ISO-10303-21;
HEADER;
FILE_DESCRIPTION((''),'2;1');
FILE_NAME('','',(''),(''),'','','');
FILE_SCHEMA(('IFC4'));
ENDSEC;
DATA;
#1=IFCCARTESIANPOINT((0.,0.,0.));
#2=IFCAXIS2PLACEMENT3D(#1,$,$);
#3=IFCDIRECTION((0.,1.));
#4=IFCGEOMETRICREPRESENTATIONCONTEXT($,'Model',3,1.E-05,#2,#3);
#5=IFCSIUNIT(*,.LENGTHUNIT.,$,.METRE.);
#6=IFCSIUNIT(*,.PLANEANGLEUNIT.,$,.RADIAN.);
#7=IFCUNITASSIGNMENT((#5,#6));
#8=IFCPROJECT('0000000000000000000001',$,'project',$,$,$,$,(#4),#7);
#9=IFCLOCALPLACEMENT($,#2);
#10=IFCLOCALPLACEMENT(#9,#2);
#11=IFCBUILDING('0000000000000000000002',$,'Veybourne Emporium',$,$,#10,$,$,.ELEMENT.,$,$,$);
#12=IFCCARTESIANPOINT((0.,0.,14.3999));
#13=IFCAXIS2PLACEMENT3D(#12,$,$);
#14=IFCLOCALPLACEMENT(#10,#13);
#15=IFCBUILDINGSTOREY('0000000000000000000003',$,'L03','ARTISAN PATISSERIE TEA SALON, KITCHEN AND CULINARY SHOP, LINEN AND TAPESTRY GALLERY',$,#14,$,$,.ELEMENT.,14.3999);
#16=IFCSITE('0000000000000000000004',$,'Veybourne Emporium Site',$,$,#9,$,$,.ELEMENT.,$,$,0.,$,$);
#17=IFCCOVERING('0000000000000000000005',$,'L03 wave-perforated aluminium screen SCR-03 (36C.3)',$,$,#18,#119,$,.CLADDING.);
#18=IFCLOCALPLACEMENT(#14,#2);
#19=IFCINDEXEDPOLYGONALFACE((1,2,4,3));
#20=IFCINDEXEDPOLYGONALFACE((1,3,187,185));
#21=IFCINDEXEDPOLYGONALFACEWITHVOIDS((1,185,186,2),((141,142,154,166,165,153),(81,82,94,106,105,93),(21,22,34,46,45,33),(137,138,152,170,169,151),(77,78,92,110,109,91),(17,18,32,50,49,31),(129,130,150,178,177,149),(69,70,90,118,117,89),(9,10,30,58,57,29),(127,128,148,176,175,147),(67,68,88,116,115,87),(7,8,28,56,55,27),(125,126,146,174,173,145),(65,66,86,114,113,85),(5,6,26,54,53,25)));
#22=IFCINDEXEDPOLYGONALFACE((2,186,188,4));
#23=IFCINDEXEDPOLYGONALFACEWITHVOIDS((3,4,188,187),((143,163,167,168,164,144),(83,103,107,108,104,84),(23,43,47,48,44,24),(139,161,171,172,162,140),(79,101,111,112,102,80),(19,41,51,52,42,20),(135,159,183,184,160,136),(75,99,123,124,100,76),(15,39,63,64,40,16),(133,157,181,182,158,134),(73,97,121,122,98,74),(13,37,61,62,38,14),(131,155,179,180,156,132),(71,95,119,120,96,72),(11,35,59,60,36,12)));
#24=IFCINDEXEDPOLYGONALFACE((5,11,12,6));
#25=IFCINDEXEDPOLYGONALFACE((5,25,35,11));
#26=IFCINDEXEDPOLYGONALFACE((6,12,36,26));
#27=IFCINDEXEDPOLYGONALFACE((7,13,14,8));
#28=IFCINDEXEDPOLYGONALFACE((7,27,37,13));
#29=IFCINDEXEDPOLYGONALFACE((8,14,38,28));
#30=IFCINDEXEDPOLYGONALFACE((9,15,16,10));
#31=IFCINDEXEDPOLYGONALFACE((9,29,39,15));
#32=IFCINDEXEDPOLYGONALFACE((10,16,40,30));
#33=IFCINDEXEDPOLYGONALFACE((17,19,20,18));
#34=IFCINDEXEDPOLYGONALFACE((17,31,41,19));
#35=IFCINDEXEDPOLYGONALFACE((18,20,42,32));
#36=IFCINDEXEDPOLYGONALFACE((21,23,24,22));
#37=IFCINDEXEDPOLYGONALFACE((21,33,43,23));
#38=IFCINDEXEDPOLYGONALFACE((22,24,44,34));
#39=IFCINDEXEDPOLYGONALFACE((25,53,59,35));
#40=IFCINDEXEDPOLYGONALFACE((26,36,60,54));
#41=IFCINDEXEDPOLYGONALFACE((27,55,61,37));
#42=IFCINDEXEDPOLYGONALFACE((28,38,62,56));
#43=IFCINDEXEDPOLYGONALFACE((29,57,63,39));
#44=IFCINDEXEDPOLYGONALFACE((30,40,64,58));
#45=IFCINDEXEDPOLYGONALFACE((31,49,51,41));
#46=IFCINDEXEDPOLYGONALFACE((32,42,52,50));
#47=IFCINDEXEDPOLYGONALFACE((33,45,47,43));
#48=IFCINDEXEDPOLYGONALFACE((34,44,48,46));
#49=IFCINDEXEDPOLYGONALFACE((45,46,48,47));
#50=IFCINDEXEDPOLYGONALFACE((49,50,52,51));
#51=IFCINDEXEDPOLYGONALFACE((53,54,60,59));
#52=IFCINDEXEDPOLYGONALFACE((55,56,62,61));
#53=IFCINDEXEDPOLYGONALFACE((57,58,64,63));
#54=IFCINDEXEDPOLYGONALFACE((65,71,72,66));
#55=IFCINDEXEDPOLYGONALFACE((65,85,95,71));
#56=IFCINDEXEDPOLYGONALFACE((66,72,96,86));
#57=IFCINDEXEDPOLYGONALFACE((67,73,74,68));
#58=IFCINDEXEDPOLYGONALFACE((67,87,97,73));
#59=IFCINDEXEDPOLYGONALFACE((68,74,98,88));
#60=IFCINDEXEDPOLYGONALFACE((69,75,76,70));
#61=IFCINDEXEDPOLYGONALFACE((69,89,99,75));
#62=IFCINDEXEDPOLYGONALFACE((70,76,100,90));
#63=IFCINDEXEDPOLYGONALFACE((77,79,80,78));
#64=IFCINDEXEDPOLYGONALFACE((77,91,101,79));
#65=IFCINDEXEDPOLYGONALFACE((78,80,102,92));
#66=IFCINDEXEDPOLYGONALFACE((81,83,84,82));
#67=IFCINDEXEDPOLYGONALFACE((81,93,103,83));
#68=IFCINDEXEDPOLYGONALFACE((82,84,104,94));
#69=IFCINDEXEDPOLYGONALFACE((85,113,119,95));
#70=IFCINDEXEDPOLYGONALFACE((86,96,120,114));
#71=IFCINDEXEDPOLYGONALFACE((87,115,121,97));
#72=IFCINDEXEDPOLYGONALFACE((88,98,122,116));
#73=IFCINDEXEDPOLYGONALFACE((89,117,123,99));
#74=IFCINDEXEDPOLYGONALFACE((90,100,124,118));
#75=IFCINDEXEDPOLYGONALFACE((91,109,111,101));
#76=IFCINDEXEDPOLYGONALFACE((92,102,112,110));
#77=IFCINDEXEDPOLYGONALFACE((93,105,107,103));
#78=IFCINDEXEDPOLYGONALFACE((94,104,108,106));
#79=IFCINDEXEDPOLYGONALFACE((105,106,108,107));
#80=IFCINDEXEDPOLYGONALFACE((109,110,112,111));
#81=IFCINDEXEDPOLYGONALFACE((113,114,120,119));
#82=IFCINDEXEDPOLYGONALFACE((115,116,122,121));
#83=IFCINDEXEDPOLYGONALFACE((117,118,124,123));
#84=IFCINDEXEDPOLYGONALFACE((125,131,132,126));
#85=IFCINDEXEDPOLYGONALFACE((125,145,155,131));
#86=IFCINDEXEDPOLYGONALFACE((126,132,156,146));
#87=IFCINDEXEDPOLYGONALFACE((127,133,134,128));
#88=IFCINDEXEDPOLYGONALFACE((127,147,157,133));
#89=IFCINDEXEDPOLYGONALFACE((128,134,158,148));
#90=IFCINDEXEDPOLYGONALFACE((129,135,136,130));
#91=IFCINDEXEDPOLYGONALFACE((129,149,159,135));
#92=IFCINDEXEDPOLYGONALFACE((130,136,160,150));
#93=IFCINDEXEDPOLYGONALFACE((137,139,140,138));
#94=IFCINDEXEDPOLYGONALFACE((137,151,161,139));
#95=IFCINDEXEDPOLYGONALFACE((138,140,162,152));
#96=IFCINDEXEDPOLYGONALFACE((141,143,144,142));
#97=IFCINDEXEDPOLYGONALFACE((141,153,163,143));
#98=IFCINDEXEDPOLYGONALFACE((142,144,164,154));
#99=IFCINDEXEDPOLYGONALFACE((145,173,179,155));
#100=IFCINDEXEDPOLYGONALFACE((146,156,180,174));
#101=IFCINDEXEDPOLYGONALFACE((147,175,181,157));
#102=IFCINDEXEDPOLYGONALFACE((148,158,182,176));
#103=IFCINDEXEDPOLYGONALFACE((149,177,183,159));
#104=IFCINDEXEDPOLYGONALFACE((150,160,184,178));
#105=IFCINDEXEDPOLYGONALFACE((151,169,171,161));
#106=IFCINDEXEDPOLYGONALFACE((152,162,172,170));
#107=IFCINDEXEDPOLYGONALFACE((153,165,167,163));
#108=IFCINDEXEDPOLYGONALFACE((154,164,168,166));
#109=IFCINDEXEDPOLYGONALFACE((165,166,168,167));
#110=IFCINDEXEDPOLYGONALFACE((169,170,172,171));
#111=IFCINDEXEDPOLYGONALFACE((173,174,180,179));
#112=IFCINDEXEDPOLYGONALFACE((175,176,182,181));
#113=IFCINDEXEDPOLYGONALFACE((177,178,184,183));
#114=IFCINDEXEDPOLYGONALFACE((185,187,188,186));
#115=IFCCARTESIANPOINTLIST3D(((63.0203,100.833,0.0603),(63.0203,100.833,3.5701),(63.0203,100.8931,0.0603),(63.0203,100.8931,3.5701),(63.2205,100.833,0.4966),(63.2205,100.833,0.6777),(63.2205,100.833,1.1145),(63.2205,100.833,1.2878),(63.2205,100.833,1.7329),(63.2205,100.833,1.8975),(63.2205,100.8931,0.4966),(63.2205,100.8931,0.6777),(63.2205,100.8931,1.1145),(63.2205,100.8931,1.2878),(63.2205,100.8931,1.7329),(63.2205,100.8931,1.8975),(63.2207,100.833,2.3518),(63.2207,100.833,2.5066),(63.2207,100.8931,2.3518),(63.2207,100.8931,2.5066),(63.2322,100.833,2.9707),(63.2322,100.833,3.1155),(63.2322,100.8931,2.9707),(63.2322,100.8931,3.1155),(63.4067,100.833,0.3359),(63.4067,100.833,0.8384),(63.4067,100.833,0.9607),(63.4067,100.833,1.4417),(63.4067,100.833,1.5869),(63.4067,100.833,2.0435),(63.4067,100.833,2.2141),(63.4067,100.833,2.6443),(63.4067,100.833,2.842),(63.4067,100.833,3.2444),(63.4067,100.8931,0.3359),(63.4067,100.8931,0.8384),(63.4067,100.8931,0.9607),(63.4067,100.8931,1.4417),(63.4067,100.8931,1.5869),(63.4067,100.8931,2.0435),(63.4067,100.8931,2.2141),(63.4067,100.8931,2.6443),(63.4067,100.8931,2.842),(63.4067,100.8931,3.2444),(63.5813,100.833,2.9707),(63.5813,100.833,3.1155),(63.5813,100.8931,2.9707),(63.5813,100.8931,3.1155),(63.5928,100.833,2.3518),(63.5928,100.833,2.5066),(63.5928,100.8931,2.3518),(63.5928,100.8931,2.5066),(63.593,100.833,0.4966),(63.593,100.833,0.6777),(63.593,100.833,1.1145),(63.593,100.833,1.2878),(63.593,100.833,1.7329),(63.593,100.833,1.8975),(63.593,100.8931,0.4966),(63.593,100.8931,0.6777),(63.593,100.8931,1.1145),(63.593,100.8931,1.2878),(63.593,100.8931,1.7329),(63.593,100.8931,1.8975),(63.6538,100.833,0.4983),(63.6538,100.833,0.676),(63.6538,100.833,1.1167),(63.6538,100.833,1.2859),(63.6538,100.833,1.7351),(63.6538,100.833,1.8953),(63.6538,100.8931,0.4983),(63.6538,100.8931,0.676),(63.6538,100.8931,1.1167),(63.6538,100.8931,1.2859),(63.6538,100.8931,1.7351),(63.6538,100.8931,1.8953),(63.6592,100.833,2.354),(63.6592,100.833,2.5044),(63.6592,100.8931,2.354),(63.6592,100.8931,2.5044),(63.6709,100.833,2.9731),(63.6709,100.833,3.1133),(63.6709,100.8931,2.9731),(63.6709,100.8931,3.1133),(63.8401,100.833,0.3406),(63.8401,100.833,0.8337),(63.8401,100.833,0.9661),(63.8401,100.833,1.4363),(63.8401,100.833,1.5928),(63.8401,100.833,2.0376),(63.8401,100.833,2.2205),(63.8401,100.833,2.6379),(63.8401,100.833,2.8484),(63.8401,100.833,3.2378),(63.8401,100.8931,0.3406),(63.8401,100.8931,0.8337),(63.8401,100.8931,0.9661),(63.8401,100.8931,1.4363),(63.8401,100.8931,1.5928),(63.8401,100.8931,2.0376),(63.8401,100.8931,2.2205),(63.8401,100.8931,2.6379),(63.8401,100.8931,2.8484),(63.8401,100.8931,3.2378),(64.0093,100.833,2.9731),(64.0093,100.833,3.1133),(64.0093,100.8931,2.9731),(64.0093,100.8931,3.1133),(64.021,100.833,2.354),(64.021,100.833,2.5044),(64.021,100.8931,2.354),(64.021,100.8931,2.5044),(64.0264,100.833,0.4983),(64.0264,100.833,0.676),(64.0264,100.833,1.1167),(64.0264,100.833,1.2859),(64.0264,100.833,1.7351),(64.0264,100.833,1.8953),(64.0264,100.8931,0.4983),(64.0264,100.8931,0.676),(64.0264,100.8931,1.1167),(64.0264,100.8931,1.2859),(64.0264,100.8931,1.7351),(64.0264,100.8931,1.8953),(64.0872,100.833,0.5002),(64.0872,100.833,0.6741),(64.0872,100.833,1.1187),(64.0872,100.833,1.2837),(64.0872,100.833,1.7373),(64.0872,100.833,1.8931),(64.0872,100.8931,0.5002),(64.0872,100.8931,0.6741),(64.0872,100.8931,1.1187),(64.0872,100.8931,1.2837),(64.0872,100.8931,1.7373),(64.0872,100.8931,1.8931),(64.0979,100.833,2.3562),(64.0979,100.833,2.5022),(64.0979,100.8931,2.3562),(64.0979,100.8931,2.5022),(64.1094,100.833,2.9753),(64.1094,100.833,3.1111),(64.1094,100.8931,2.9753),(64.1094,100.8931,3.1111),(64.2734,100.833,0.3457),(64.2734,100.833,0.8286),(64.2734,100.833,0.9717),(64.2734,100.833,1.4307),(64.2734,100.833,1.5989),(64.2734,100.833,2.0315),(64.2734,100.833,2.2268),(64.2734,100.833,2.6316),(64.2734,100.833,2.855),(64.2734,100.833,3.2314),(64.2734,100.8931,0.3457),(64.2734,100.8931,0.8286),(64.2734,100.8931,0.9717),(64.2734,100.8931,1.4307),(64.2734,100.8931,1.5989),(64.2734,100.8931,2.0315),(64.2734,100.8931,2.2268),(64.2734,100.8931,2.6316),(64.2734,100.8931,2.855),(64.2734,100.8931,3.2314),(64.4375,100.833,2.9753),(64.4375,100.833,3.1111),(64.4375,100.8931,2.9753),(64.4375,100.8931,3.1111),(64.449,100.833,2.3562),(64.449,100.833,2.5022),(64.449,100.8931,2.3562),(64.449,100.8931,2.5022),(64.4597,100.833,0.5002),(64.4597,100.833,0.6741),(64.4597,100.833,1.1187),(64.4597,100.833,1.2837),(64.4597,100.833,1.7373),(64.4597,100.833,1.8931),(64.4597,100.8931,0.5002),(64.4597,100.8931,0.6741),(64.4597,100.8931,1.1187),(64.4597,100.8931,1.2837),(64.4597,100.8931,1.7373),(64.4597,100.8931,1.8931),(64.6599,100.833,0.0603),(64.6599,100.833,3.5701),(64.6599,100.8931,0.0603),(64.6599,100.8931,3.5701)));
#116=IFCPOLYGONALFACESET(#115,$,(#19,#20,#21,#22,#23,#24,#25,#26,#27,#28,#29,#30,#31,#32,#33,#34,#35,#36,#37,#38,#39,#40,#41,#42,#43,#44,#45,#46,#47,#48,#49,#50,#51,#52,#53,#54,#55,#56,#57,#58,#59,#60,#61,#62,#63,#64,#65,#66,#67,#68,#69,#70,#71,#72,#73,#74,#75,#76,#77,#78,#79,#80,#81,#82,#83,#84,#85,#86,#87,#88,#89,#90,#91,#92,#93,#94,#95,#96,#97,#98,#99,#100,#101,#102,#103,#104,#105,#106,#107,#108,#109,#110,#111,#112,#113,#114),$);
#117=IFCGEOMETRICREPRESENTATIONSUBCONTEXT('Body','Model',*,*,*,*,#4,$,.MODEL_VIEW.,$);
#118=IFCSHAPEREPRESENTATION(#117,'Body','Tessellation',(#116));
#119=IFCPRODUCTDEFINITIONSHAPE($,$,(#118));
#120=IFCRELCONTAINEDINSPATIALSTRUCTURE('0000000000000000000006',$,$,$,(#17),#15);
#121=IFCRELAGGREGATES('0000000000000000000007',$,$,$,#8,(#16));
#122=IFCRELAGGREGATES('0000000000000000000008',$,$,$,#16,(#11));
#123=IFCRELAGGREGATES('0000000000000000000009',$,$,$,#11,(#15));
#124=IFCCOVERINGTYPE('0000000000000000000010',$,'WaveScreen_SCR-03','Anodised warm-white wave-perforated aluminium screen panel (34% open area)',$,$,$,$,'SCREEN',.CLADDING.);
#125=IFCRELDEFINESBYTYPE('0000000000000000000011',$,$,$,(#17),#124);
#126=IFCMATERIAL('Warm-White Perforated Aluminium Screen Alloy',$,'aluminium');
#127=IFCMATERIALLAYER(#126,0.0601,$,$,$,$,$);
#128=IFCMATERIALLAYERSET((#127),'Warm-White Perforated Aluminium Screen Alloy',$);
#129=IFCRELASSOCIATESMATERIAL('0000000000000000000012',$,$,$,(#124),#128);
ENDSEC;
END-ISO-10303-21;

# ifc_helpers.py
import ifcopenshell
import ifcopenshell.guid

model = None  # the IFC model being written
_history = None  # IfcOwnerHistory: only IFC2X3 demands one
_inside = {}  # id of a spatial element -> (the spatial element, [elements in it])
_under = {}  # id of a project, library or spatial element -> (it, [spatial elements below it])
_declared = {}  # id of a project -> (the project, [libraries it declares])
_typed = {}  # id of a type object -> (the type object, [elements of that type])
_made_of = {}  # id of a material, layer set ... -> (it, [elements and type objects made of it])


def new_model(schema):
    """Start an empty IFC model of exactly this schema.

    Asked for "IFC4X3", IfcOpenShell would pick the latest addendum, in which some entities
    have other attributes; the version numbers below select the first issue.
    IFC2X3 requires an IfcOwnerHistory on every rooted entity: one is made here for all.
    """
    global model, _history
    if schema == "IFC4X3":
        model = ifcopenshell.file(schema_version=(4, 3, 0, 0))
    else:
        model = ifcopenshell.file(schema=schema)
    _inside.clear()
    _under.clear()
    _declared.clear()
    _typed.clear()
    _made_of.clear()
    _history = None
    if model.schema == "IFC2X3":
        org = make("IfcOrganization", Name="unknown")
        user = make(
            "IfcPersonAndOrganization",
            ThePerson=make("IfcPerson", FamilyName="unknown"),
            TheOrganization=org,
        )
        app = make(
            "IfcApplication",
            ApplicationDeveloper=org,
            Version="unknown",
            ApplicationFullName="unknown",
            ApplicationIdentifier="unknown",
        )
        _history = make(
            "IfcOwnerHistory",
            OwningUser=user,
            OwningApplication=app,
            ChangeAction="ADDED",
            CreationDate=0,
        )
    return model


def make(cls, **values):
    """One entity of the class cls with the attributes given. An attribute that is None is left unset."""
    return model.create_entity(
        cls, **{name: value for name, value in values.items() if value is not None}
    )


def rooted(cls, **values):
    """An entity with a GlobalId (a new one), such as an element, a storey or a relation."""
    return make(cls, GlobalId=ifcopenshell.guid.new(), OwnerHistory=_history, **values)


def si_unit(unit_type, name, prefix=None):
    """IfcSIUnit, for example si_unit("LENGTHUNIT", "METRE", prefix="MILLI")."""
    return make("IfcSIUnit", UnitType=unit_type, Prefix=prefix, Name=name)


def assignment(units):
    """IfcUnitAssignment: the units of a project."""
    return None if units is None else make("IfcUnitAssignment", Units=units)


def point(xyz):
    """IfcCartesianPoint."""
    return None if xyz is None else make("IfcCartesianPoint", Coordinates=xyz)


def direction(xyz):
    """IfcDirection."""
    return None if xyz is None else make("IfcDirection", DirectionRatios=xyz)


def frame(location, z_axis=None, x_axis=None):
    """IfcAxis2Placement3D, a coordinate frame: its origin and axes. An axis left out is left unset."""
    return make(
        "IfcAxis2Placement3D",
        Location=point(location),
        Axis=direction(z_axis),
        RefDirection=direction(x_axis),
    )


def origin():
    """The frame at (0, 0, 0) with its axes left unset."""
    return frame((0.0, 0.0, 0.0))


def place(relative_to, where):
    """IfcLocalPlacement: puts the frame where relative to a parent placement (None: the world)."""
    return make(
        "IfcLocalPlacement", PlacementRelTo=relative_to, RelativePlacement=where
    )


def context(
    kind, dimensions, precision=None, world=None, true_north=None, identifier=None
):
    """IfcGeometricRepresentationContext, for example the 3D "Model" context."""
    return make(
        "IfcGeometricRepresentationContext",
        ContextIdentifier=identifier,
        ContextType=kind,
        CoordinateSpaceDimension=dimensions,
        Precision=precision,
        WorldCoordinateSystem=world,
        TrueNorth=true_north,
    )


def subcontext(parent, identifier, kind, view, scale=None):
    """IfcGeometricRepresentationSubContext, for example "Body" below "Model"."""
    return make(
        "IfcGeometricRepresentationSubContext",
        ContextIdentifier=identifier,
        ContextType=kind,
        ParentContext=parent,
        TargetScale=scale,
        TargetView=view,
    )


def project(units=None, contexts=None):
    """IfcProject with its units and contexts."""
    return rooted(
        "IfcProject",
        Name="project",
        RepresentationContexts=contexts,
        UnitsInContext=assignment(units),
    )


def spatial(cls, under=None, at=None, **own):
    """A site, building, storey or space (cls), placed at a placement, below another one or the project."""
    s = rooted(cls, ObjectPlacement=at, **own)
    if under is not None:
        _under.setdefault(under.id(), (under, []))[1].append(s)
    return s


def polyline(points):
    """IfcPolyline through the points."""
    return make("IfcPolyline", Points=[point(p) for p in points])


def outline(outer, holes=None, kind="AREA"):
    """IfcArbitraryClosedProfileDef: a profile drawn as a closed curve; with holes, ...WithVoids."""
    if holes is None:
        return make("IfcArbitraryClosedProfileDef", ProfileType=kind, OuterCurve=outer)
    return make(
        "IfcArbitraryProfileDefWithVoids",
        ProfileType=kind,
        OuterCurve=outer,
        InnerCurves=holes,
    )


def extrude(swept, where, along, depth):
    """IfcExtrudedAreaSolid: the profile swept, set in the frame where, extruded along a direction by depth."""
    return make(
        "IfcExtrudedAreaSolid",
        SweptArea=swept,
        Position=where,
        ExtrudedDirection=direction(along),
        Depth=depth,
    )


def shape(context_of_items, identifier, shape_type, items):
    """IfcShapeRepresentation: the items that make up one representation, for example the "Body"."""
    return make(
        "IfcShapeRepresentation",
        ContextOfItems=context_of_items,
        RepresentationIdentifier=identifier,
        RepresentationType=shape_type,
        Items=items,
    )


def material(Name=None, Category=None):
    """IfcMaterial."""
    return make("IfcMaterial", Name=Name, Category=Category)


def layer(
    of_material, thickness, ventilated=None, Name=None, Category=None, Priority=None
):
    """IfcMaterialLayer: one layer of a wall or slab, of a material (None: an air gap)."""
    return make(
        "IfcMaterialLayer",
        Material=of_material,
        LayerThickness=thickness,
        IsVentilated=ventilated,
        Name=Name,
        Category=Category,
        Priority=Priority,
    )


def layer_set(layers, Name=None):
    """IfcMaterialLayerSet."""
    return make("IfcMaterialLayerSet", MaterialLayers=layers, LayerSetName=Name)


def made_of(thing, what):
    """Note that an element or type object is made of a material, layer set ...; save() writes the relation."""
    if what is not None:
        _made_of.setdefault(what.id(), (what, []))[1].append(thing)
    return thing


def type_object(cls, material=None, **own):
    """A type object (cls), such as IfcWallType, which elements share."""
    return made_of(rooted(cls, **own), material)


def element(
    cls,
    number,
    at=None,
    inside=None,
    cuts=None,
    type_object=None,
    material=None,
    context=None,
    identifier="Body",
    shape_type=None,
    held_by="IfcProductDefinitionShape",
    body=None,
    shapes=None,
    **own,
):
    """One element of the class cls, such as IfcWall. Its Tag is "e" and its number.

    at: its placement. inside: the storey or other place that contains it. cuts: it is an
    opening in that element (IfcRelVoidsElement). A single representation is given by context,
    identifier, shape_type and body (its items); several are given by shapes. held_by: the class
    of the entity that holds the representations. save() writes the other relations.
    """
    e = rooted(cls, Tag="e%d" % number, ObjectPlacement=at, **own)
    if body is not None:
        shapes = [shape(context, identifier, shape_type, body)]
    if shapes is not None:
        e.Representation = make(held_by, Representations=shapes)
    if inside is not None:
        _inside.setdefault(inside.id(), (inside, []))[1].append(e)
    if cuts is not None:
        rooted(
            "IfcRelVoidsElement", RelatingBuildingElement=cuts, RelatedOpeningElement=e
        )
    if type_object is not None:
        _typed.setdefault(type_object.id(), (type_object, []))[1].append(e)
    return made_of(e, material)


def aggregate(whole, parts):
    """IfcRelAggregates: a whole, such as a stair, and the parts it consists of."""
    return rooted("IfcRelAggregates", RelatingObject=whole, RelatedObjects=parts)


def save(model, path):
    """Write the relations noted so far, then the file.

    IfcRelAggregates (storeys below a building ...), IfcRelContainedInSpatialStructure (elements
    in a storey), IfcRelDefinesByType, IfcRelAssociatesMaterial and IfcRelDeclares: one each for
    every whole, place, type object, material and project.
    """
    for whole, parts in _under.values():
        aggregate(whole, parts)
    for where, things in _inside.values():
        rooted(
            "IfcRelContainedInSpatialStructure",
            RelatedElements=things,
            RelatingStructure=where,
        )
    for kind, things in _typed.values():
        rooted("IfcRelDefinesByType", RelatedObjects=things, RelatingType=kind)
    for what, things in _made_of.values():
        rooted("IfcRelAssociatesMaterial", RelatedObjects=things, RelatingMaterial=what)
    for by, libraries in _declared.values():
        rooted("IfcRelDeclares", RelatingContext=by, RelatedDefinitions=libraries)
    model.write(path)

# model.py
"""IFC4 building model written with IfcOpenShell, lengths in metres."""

from ifc_helpers import new_model, si_unit, direction, frame, origin, place, context, subcontext, project, spatial, polyline, outline, extrude, material, layer, layer_set, type_object, element, save


model = new_model("IFC4")

# Units and contexts
model_context = context("Model", 3, precision=1e-05, world=origin(), true_north=direction((0.0, 1.0)))
body_context = subcontext(model_context, "Body", "Model", "MODEL_VIEW")
ifc_project = project(units=[si_unit("LENGTHUNIT", "METRE"), si_unit("PLANEANGLEUNIT", "RADIAN")], contexts=[model_context])

# Site, building, storey
site_placement = place(None, origin())
site = spatial("IfcSite", under=ifc_project, at=site_placement, Name="Veybourne Emporium Site", CompositionType="ELEMENT", RefElevation=0.0)
building_placement = place(site_placement, origin())
building = spatial("IfcBuilding", under=site, at=building_placement, Name="Veybourne Emporium", CompositionType="ELEMENT")
storey_placement = place(building_placement, frame((0.0, 0.0, 14.3999)))
storey = spatial("IfcBuildingStorey", under=building, at=storey_placement, Name="L03", Description="ARTISAN PATISSERIE TEA SALON, KITCHEN AND CULINARY SHOP, LINEN AND TAPESTRY GALLERY", CompositionType="ELEMENT", Elevation=14.3999)

# Covering
ifc_material_1 = material(Name="Warm-White Perforated Aluminium Screen Alloy", Category="aluminium")
ifc_layer_1 = layer(ifc_material_1, 0.0601)
ifc_layer_set_1 = layer_set([ifc_layer_1], Name="Warm-White Perforated Aluminium Screen Alloy")
covering_type_1 = type_object("IfcCoveringType", Name="WaveScreen_SCR-03", Description="Anodised warm-white wave-perforated aluminium screen panel (34% open area)", ElementType="SCREEN", PredefinedType="CLADDING", material=ifc_layer_set_1)
covering_1_placement = place(storey_placement, frame((63.8401, 100.8931, 1.8152), z_axis=(0.0, -1.0, 0.0), x_axis=(1.0, 0.0, 0.0)))
element("IfcCovering", 1, at=covering_1_placement, inside=storey, type_object=covering_type_1, Name="L03 wave-perforated aluminium screen SCR-03 (36C.3)", PredefinedType="CLADDING", context=body_context, shape_type="SweptSolid", body=[
    extrude(outline(polyline([(-0.8198, -1.7549), (0.8198, -1.7549), (0.8198, 1.7549), (-0.8198, 1.7549), (-0.8198, -1.7549)]), holes=[polyline([(-0.4333, -0.9768), (-0.2471, -1.1375), (-0.2471, -1.3186), (-0.4333, -1.4792), (-0.6196, -1.3186), (-0.6196, -1.1375), (-0.4333, -0.9768)]), polyline([(-0.4333, -0.3735), (-0.2471, -0.5273), (-0.2471, -0.7007), (-0.4333, -0.8545), (-0.6196, -0.7007), (-0.6196, -0.5273), (-0.4333, -0.3735)]), polyline([(-0.4333, 0.2283), (-0.2471, 0.0823), (-0.2471, -0.0823), (-0.4333, -0.2283), (-0.6196, -0.0823), (-0.6196, 0.0823), (-0.4333, 0.2283)]), polyline([(-0.4333, 0.8291), (-0.2473, 0.6914), (-0.2473, 0.5366), (-0.4333, 0.3989), (-0.6194, 0.5366), (-0.6194, 0.6914), (-0.4333, 0.8291)]), polyline([(-0.4333, 1.4292), (-0.2588, 1.3003), (-0.2588, 1.1555), (-0.4333, 1.0269), (-0.6079, 1.1555), (-0.6079, 1.3003), (-0.4333, 1.4292)]), polyline([(0.0, -0.9814), (0.1863, -1.1392), (0.1863, -1.3169), (0.0, -1.4746), (-0.1863, -1.3169), (-0.1863, -1.1392), (0.0, -0.9814)]), polyline([(0.0, -0.3789), (0.1863, -0.5293), (0.1863, -0.6985), (0.0, -0.8491), (-0.1863, -0.6985), (-0.1863, -0.5293), (0.0, -0.3789)]), polyline([(0.0, 0.2224), (0.1863, 0.0801), (0.1863, -0.0801), (0.0, -0.2224), (-0.1863, -0.0801), (-0.1863, 0.0801), (0.0, 0.2224)]), polyline([(0.0, 0.8228), (0.1809, 0.6892), (0.1809, 0.5388), (0.0, 0.4053), (-0.1809, 0.5388), (-0.1809, 0.6892), (0.0, 0.8228)]), polyline([(0.0, 1.4226), (0.1692, 1.2981), (0.1692, 1.158), (0.0, 1.0332), (-0.1692, 1.158), (-0.1692, 1.2981), (0.0, 1.4226)]), polyline([(0.4333, -0.9866), (0.6196, -1.1411), (0.6196, -1.3149), (0.4333, -1.4695), (0.2471, -1.3149), (0.2471, -1.1411), (0.4333, -0.9866)]), polyline([(0.4333, -0.3845), (0.6196, -0.5315), (0.6196, -0.6965), (0.4333, -0.8435), (0.2471, -0.6965), (0.2471, -0.5315), (0.4333, -0.3845)]), polyline([(0.4333, 0.2163), (0.6196, 0.0779), (0.6196, -0.0779), (0.4333, -0.2163), (0.2471, -0.0779), (0.2471, 0.0779), (0.4333, 0.2163)]), polyline([(0.4333, 0.8164), (0.6089, 0.687), (0.6089, 0.541), (0.4333, 0.4116), (0.2578, 0.541), (0.2578, 0.687), (0.4333, 0.8164)]), polyline([(0.4333, 1.4163), (0.5974, 1.2959), (0.5974, 1.1602), (0.4333, 1.0398), (0.2693, 1.1602), (0.2693, 1.2959), (0.4333, 1.4163)])]), origin(), (0.0, 0.0, 1.0), 0.0601),
])

save(model, "model.ifc")
